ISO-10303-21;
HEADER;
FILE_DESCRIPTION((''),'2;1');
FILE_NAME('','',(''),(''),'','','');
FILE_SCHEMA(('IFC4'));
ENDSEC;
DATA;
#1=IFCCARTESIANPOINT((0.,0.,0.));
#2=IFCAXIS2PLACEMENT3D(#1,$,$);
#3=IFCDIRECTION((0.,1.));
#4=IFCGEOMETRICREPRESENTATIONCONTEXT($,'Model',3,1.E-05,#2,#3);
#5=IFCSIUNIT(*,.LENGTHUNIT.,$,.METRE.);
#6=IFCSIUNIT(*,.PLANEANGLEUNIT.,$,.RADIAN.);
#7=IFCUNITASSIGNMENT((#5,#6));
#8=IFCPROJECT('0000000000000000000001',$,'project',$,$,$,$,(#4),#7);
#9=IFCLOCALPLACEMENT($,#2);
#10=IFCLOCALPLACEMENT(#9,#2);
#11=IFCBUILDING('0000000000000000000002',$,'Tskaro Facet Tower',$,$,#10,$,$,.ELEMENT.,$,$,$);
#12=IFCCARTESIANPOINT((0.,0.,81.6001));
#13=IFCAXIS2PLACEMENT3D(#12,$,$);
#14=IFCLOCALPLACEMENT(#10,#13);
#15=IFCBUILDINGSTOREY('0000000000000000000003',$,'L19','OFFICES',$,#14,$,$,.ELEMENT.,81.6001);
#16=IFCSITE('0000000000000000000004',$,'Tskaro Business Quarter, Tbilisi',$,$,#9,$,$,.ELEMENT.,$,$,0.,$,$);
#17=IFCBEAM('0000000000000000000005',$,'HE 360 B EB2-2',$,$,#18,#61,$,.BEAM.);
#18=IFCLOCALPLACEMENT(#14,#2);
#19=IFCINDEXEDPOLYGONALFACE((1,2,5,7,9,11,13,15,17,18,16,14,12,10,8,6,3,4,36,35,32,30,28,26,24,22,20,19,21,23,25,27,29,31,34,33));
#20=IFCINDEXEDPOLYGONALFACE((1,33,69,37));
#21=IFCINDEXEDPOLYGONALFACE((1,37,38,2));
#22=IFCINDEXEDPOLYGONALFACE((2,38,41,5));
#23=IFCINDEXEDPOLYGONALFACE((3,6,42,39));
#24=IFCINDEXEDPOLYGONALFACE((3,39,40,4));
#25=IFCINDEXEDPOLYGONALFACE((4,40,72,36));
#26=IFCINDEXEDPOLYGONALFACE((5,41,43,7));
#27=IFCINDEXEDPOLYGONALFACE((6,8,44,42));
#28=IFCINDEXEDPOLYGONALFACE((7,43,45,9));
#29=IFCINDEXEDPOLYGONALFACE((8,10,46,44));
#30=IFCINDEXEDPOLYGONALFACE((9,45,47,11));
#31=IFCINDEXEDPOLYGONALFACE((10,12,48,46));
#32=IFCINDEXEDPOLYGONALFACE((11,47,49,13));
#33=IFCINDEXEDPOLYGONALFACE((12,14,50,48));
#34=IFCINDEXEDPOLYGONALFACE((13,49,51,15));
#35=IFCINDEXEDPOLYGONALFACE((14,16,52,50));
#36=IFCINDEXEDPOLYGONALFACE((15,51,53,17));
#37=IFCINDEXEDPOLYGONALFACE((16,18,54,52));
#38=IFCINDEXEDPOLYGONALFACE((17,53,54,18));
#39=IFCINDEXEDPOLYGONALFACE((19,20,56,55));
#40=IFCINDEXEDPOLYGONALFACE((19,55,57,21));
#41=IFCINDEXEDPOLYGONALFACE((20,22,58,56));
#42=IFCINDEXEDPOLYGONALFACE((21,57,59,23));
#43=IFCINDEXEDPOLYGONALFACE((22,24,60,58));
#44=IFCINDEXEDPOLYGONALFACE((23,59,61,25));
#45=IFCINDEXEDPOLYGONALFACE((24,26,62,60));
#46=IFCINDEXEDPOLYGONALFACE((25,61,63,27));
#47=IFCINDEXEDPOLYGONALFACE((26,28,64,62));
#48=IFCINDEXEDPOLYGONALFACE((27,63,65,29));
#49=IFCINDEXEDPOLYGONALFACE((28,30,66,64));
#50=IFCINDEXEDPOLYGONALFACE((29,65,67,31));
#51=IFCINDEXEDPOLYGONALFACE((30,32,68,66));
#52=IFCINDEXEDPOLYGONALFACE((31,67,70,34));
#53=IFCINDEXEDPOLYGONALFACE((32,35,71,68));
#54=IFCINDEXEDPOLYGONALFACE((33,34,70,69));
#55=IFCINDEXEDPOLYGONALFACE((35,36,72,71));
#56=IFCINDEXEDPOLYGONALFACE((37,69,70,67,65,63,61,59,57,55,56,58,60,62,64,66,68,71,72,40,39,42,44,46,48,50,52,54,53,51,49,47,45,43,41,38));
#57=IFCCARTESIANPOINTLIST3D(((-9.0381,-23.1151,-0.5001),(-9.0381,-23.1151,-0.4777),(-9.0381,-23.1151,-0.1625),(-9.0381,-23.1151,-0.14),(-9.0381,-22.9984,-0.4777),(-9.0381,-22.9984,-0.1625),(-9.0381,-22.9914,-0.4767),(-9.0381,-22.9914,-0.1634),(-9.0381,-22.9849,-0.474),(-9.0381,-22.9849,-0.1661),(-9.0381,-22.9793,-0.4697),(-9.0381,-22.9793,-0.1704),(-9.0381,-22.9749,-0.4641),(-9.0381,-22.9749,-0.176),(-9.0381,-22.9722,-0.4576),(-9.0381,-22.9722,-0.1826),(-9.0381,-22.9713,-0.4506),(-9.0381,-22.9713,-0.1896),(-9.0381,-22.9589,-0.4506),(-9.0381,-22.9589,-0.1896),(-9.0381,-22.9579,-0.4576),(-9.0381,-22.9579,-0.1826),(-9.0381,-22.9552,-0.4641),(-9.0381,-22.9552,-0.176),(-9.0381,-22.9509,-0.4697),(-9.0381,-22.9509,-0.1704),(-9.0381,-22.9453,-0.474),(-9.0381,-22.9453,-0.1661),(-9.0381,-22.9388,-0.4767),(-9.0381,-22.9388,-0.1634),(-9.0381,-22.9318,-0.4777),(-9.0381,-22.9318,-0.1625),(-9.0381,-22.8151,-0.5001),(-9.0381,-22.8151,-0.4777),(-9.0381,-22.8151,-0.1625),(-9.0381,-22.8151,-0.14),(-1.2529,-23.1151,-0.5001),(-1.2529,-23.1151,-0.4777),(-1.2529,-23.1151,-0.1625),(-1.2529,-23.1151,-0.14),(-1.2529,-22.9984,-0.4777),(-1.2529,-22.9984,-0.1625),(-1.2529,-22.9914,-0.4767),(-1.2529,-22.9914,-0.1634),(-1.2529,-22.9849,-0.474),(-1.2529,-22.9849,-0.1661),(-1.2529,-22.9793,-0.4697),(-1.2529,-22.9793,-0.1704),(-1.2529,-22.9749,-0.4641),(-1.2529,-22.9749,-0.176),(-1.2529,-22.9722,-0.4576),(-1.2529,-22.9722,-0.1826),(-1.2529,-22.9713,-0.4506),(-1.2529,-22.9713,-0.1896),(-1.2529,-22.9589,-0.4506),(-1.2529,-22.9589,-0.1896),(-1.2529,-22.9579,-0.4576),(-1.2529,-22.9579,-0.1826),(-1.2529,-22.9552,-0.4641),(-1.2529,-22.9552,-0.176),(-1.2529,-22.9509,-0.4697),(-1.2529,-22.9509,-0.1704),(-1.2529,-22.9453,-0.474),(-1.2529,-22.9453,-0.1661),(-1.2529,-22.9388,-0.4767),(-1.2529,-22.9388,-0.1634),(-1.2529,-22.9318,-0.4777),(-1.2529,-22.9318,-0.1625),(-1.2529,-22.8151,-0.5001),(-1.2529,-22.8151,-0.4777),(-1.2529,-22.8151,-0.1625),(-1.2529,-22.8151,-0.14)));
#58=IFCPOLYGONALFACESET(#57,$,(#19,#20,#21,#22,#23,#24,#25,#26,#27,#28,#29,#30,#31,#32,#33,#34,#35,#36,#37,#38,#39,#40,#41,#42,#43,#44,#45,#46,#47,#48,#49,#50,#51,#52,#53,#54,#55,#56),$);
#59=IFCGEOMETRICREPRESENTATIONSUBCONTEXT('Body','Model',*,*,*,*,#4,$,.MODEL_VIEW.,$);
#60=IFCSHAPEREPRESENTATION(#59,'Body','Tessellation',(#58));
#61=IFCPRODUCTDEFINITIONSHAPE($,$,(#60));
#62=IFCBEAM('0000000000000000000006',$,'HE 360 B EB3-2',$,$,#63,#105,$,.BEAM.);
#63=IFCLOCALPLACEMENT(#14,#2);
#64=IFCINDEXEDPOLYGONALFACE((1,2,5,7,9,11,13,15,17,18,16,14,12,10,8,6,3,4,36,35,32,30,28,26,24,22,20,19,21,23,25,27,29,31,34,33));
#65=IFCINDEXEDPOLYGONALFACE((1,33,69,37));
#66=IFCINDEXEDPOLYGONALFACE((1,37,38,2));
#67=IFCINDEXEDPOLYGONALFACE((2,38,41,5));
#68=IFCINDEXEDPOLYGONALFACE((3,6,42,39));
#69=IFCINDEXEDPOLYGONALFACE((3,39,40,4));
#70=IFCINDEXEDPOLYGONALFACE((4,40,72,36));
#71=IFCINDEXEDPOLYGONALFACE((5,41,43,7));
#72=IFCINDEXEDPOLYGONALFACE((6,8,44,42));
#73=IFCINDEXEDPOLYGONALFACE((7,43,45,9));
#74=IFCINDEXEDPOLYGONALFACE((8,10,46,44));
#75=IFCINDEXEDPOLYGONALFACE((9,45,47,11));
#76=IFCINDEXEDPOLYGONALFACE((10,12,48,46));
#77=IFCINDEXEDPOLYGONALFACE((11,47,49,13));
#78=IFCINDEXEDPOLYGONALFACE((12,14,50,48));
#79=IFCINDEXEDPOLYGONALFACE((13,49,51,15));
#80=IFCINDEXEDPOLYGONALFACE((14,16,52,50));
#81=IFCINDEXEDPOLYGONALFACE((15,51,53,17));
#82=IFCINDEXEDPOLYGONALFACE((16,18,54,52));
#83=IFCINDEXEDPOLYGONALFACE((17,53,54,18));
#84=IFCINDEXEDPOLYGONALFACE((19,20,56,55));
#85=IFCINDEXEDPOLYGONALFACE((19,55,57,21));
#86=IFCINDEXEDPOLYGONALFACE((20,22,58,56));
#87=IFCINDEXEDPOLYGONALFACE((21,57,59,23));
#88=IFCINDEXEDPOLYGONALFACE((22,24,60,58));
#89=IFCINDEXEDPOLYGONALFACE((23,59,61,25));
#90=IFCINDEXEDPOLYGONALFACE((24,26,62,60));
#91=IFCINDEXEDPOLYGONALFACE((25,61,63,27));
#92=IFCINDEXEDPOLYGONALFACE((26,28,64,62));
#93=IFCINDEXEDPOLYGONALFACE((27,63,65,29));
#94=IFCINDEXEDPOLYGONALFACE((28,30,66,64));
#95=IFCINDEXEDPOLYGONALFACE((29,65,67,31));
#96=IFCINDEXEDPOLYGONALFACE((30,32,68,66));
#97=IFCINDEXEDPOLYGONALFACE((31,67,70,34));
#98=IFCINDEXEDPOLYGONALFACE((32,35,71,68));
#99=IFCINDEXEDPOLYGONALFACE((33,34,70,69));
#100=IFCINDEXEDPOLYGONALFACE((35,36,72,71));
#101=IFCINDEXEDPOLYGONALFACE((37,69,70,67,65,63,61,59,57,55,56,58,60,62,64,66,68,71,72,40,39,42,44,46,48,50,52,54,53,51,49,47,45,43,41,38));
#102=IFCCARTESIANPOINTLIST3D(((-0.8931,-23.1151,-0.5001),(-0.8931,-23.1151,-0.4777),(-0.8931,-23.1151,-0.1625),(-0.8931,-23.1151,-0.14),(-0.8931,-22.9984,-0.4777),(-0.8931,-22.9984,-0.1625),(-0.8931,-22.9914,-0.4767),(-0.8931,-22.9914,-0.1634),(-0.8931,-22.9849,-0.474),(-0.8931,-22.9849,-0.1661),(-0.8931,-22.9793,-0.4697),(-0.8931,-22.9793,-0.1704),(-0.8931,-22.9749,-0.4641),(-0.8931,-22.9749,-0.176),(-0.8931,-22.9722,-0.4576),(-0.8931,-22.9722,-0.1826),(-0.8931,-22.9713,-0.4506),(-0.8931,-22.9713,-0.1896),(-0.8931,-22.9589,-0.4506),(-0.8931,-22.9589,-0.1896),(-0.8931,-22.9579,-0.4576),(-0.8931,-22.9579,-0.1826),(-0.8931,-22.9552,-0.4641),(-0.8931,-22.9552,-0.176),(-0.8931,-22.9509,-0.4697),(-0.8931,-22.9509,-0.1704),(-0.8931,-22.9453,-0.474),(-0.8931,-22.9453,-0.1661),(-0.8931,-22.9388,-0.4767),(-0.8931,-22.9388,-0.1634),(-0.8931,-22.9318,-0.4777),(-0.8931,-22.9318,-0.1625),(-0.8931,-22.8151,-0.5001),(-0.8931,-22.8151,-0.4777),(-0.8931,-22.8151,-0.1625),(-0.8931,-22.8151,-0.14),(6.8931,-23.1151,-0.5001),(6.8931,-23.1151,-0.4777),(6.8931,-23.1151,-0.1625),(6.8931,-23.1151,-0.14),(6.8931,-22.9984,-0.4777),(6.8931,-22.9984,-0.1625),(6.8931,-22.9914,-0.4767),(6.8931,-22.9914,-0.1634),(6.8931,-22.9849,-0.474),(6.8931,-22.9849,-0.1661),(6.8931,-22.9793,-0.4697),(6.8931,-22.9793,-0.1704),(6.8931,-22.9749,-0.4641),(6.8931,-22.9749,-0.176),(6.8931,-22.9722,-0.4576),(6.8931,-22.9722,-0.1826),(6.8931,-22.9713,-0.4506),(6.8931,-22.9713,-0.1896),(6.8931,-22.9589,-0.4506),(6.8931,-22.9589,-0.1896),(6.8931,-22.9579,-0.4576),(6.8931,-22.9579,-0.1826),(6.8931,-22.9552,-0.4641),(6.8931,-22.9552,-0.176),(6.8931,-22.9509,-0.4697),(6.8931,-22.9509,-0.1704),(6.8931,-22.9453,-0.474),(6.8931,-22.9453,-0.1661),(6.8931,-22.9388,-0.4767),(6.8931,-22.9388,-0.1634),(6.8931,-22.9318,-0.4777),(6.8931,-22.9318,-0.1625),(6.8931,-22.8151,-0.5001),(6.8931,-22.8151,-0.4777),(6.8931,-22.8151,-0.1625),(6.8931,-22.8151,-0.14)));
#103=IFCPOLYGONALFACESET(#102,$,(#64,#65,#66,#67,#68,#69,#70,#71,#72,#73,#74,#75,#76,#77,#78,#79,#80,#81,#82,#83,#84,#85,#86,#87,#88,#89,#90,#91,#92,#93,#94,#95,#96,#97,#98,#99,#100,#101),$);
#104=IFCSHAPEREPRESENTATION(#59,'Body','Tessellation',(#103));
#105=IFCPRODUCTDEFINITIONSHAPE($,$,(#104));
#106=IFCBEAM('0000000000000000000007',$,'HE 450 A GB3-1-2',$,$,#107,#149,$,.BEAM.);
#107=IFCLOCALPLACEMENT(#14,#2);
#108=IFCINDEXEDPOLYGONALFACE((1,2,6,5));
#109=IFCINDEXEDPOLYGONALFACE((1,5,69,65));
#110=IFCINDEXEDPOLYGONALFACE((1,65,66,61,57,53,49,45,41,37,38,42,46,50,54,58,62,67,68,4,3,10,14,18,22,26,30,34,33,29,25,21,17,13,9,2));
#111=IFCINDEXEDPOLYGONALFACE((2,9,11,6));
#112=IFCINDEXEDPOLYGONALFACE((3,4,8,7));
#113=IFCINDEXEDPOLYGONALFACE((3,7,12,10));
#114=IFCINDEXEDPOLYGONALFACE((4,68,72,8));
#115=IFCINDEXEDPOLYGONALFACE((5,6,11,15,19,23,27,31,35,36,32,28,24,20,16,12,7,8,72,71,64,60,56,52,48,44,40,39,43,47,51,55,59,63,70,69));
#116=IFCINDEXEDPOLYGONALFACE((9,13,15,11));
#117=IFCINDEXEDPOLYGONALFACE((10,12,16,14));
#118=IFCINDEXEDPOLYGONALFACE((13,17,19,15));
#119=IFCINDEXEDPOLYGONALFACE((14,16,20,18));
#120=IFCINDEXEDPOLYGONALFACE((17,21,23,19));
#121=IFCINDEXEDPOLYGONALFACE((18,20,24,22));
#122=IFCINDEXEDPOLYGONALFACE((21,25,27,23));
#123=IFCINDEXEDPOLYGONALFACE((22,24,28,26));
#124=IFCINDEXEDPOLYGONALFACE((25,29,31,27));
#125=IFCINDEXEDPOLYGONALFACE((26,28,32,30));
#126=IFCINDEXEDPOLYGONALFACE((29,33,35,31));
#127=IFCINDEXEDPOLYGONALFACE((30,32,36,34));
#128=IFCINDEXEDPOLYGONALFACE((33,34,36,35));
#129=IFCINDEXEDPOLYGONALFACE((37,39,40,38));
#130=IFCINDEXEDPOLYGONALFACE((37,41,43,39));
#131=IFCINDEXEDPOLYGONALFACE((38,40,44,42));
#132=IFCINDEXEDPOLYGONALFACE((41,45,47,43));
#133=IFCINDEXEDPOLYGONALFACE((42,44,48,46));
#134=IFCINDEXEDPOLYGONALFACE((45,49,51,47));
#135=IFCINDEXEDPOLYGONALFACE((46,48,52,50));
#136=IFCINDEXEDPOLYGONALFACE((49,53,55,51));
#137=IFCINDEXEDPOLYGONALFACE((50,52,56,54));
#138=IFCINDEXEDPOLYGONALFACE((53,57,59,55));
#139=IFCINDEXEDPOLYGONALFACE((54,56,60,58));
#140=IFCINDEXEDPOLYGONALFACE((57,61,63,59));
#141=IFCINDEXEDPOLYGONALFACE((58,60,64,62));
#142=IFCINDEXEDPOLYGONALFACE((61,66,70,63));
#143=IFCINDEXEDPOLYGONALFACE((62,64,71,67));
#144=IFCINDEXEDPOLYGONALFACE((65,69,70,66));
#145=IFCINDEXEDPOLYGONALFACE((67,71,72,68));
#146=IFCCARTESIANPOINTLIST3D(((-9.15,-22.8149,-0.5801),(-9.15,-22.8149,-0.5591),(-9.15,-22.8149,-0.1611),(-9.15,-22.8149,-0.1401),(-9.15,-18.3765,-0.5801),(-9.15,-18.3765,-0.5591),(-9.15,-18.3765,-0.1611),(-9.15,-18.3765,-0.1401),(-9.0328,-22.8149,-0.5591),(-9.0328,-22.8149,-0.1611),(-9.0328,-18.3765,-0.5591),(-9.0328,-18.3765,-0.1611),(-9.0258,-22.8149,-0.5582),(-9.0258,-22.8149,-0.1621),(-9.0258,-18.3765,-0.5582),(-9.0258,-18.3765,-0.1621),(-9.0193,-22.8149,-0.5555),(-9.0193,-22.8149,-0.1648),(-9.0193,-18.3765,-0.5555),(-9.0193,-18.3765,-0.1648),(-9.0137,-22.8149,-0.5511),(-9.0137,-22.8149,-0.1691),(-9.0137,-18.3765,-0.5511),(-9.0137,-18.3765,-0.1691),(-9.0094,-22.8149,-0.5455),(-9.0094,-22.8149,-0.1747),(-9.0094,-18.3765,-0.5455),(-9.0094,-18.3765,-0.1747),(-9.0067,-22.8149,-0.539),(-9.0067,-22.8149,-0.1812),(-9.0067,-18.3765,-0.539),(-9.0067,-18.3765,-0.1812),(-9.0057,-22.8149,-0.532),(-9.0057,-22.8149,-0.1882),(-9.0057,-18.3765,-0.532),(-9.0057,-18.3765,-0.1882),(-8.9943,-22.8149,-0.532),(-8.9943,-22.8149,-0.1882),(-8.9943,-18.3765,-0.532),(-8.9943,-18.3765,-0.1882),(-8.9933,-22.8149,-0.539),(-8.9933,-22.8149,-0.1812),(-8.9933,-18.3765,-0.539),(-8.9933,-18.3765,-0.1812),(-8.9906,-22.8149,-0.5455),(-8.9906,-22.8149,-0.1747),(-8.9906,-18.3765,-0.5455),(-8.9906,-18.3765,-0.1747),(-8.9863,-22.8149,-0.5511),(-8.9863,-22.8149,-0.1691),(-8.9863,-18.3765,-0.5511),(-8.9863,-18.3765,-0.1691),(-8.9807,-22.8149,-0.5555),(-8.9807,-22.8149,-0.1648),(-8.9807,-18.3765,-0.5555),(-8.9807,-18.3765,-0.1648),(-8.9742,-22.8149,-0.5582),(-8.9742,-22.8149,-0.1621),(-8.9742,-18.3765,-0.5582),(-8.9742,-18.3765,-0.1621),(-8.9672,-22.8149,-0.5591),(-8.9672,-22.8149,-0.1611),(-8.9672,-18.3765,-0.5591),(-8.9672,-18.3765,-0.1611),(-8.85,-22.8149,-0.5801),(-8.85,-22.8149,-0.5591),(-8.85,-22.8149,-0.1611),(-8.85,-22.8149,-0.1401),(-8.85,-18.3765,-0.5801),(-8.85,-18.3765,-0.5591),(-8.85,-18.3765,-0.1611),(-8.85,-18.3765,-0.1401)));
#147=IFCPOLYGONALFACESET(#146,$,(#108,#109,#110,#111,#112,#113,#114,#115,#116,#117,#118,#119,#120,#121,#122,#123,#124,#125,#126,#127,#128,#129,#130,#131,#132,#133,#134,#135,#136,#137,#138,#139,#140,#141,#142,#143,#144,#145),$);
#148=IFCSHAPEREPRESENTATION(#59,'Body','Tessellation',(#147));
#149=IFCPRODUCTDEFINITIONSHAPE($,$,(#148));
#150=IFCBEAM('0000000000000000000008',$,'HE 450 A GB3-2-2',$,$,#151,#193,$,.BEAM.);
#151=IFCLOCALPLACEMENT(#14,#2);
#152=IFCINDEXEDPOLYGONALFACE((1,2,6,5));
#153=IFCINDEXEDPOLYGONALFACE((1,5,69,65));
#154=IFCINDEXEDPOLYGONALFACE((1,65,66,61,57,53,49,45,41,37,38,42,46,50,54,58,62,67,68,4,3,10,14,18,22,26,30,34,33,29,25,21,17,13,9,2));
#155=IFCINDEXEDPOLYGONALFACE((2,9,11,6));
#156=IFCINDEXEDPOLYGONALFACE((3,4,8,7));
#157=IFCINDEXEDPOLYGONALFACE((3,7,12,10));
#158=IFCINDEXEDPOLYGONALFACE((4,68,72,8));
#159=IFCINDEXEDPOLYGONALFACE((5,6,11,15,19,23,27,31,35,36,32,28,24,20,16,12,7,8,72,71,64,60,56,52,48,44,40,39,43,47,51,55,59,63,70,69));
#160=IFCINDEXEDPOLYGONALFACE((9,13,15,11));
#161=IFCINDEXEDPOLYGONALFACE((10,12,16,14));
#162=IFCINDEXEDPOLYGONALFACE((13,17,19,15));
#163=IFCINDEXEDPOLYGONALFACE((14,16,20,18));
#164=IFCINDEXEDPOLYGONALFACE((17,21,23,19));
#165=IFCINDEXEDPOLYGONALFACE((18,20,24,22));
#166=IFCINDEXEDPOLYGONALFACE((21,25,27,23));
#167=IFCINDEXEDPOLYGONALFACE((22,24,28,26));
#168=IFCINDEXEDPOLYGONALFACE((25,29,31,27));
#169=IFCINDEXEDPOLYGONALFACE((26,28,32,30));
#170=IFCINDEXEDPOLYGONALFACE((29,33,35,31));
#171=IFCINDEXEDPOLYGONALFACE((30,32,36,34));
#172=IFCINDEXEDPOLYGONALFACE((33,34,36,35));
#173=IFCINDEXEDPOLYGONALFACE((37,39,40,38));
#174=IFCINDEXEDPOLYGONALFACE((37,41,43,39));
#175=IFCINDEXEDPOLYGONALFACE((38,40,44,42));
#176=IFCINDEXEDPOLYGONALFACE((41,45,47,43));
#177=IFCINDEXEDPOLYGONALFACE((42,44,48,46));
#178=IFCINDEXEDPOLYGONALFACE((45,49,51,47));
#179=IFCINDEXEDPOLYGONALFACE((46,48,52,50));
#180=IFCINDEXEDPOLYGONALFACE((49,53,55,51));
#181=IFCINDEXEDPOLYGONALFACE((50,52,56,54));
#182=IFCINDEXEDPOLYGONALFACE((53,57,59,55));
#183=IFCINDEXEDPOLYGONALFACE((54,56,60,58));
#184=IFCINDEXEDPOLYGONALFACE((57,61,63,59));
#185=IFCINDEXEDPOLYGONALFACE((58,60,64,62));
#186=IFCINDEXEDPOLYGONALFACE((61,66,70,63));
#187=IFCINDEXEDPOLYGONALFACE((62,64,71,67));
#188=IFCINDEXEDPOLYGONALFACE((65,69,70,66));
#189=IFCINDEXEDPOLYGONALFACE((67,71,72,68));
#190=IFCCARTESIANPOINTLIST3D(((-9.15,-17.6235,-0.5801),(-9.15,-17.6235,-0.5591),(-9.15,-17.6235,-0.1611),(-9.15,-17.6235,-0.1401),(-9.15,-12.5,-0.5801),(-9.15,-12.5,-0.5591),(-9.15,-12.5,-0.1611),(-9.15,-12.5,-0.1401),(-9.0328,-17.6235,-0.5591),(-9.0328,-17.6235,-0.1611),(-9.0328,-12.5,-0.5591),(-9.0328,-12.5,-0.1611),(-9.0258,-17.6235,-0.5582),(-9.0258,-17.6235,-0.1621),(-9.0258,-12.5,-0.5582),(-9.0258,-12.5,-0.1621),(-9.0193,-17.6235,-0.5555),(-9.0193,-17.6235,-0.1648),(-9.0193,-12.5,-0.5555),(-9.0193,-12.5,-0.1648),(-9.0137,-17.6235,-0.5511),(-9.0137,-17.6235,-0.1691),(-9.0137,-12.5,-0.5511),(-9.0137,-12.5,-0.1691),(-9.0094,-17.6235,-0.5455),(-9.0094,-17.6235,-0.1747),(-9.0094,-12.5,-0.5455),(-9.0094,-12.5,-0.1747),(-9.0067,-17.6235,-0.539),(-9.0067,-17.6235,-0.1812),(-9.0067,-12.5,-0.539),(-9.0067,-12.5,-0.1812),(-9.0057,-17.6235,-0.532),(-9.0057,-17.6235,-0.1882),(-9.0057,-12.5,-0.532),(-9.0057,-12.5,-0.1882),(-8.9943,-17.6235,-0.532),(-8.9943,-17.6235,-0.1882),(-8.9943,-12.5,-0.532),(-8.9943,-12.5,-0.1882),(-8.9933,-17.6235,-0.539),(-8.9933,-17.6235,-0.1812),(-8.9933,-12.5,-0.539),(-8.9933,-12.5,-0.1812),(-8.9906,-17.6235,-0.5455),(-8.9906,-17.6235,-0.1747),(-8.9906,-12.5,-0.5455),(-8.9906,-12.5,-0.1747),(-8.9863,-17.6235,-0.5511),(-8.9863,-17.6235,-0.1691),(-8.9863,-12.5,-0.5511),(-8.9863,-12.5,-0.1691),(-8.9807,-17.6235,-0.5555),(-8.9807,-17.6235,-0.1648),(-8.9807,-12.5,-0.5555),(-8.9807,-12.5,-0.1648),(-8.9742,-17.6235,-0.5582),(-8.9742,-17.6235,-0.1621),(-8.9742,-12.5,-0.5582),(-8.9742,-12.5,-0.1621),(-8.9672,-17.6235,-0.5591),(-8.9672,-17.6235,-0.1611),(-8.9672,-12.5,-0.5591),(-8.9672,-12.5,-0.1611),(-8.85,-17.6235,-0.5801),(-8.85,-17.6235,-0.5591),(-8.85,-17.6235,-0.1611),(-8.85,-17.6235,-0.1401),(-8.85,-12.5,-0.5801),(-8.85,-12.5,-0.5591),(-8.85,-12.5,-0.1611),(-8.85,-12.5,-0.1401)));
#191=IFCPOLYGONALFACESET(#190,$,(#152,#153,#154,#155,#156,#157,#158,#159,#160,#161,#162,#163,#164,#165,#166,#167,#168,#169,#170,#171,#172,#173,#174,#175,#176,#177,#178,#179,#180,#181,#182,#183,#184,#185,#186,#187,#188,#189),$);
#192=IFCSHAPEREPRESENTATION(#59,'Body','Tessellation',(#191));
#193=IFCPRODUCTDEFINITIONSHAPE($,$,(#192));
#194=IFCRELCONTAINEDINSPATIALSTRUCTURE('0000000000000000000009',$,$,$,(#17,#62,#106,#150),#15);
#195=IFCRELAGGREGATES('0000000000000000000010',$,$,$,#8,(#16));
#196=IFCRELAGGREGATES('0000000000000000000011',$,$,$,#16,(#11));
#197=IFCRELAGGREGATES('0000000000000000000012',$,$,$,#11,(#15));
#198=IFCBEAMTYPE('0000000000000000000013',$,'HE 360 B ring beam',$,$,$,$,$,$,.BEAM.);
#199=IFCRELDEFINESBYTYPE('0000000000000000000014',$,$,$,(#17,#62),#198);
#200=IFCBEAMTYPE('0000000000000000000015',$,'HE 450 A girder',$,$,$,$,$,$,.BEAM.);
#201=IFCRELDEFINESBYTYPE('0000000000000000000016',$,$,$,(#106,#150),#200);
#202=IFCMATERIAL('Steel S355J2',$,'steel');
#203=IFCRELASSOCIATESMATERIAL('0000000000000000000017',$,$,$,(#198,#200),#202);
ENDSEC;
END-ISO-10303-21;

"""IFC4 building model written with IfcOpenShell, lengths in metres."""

from ifc_helpers import new_model, si_unit, direction, frame, origin, origin_2d, place, context, subcontext, project, spatial, i_section, extrude, material, material_profile, profile_set, type_object, element, save


model = new_model("IFC4")

# Units and contexts
model_context = context("Model", 3, precision=1e-05, world=origin(), true_north=direction((0.0, 1.0)))
body_context = subcontext(model_context, "Body", "Model", "MODEL_VIEW")
ifc_project = project(units=[si_unit("LENGTHUNIT", "METRE"), si_unit("PLANEANGLEUNIT", "RADIAN")], contexts=[model_context])

# Site, building, storey
site_placement = place(None, origin())
site = spatial("IfcSite", under=ifc_project, at=site_placement, Name="Tskaro Business Quarter, Tbilisi", CompositionType="ELEMENT", RefElevation=0.0)
building_placement = place(site_placement, origin())
building = spatial("IfcBuilding", under=site, at=building_placement, Name="Tskaro Facet Tower", CompositionType="ELEMENT")
storey_placement = place(building_placement, frame((0.0, 0.0, 81.6001)))
storey = spatial("IfcBuildingStorey", under=building, at=storey_placement, Name="L19", Description="OFFICES", CompositionType="ELEMENT", Elevation=81.6001)

# Beams
ifc_material_1 = material(Name="Steel S355J2", Category="steel")
ifc_material_profile_1 = material_profile(ifc_material_1, i_section(OverallWidth=0.3, OverallDepth=0.3601, WebThickness=0.0125, FlangeThickness=0.0225, FilletRadius=0.0271, at=origin_2d()), Name="HE 360 B")
ifc_profile_set_1 = profile_set([ifc_material_profile_1], Name="Steel S355J2")
beam_type_1 = type_object("IfcBeamType", Name="HE 360 B ring beam", PredefinedType="BEAM", material=ifc_profile_set_1)
beam_1_placement = place(storey_placement, frame((-9.0381, -22.9651, -0.3201), z_axis=(1.0, 0.0, 0.0), x_axis=(0.0, 1.0, 0.0)))
element("IfcBeam", 1, at=beam_1_placement, inside=storey, type_object=beam_type_1, Name="HE 360 B EB2-2", PredefinedType="BEAM", context=body_context, shape_type="SweptSolid", body=[
    extrude(i_section(OverallWidth=0.3, OverallDepth=0.3601, WebThickness=0.0125, FlangeThickness=0.0225, FilletRadius=0.0271, at=origin_2d()), origin(), (0.0, 0.0, 1.0), 7.7852),
])
beam_2_placement = place(storey_placement, frame((-0.8931, -22.9651, -0.3201), z_axis=(1.0, 0.0, 0.0), x_axis=(0.0, 1.0, 0.0)))
element("IfcBeam", 2, at=beam_2_placement, inside=storey, type_object=beam_type_1, Name="HE 360 B EB3-2", PredefinedType="BEAM", context=body_context, shape_type="SweptSolid", body=[
    extrude(i_section(OverallWidth=0.3, OverallDepth=0.3601, WebThickness=0.0125, FlangeThickness=0.0225, FilletRadius=0.0271, at=origin_2d()), origin(), (0.0, 0.0, 1.0), 7.7861),
])
ifc_material_profile_2 = material_profile(ifc_material_1, i_section(OverallWidth=0.3, OverallDepth=0.4399, WebThickness=0.0115, FlangeThickness=0.021, FilletRadius=0.0271, at=origin_2d()), Name="HE 450 A")
ifc_profile_set_2 = profile_set([ifc_material_profile_2], Name="Steel S355J2")
beam_type_2 = type_object("IfcBeamType", Name="HE 450 A girder", PredefinedType="BEAM", material=ifc_profile_set_2)
beam_3_placement = place(storey_placement, frame((-9.0, -22.8149, -0.3601), z_axis=(0.0, 1.0, 0.0), x_axis=(-1.0, 0.0, 0.0)))
element("IfcBeam", 3, at=beam_3_placement, inside=storey, type_object=beam_type_2, Name="HE 450 A GB3-1-2", PredefinedType="BEAM", context=body_context, shape_type="SweptSolid", body=[
    extrude(i_section(OverallWidth=0.3, OverallDepth=0.4399, WebThickness=0.0115, FlangeThickness=0.021, FilletRadius=0.0271, at=origin_2d()), origin(), (0.0, 0.0, 1.0), 4.4385),
])
beam_4_placement = place(storey_placement, frame((-9.0, -17.6235, -0.3601), z_axis=(0.0, 1.0, 0.0), x_axis=(-1.0, 0.0, 0.0)))
element("IfcBeam", 4, at=beam_4_placement, inside=storey, type_object=beam_type_2, Name="HE 450 A GB3-2-2", PredefinedType="BEAM", context=body_context, shape_type="SweptSolid", body=[
    extrude(i_section(OverallWidth=0.3, OverallDepth=0.4399, WebThickness=0.0115, FlangeThickness=0.021, FilletRadius=0.0271, at=origin_2d()), origin(), (0.0, 0.0, 1.0), 5.1235),
])

save(model, "model.ifc")
